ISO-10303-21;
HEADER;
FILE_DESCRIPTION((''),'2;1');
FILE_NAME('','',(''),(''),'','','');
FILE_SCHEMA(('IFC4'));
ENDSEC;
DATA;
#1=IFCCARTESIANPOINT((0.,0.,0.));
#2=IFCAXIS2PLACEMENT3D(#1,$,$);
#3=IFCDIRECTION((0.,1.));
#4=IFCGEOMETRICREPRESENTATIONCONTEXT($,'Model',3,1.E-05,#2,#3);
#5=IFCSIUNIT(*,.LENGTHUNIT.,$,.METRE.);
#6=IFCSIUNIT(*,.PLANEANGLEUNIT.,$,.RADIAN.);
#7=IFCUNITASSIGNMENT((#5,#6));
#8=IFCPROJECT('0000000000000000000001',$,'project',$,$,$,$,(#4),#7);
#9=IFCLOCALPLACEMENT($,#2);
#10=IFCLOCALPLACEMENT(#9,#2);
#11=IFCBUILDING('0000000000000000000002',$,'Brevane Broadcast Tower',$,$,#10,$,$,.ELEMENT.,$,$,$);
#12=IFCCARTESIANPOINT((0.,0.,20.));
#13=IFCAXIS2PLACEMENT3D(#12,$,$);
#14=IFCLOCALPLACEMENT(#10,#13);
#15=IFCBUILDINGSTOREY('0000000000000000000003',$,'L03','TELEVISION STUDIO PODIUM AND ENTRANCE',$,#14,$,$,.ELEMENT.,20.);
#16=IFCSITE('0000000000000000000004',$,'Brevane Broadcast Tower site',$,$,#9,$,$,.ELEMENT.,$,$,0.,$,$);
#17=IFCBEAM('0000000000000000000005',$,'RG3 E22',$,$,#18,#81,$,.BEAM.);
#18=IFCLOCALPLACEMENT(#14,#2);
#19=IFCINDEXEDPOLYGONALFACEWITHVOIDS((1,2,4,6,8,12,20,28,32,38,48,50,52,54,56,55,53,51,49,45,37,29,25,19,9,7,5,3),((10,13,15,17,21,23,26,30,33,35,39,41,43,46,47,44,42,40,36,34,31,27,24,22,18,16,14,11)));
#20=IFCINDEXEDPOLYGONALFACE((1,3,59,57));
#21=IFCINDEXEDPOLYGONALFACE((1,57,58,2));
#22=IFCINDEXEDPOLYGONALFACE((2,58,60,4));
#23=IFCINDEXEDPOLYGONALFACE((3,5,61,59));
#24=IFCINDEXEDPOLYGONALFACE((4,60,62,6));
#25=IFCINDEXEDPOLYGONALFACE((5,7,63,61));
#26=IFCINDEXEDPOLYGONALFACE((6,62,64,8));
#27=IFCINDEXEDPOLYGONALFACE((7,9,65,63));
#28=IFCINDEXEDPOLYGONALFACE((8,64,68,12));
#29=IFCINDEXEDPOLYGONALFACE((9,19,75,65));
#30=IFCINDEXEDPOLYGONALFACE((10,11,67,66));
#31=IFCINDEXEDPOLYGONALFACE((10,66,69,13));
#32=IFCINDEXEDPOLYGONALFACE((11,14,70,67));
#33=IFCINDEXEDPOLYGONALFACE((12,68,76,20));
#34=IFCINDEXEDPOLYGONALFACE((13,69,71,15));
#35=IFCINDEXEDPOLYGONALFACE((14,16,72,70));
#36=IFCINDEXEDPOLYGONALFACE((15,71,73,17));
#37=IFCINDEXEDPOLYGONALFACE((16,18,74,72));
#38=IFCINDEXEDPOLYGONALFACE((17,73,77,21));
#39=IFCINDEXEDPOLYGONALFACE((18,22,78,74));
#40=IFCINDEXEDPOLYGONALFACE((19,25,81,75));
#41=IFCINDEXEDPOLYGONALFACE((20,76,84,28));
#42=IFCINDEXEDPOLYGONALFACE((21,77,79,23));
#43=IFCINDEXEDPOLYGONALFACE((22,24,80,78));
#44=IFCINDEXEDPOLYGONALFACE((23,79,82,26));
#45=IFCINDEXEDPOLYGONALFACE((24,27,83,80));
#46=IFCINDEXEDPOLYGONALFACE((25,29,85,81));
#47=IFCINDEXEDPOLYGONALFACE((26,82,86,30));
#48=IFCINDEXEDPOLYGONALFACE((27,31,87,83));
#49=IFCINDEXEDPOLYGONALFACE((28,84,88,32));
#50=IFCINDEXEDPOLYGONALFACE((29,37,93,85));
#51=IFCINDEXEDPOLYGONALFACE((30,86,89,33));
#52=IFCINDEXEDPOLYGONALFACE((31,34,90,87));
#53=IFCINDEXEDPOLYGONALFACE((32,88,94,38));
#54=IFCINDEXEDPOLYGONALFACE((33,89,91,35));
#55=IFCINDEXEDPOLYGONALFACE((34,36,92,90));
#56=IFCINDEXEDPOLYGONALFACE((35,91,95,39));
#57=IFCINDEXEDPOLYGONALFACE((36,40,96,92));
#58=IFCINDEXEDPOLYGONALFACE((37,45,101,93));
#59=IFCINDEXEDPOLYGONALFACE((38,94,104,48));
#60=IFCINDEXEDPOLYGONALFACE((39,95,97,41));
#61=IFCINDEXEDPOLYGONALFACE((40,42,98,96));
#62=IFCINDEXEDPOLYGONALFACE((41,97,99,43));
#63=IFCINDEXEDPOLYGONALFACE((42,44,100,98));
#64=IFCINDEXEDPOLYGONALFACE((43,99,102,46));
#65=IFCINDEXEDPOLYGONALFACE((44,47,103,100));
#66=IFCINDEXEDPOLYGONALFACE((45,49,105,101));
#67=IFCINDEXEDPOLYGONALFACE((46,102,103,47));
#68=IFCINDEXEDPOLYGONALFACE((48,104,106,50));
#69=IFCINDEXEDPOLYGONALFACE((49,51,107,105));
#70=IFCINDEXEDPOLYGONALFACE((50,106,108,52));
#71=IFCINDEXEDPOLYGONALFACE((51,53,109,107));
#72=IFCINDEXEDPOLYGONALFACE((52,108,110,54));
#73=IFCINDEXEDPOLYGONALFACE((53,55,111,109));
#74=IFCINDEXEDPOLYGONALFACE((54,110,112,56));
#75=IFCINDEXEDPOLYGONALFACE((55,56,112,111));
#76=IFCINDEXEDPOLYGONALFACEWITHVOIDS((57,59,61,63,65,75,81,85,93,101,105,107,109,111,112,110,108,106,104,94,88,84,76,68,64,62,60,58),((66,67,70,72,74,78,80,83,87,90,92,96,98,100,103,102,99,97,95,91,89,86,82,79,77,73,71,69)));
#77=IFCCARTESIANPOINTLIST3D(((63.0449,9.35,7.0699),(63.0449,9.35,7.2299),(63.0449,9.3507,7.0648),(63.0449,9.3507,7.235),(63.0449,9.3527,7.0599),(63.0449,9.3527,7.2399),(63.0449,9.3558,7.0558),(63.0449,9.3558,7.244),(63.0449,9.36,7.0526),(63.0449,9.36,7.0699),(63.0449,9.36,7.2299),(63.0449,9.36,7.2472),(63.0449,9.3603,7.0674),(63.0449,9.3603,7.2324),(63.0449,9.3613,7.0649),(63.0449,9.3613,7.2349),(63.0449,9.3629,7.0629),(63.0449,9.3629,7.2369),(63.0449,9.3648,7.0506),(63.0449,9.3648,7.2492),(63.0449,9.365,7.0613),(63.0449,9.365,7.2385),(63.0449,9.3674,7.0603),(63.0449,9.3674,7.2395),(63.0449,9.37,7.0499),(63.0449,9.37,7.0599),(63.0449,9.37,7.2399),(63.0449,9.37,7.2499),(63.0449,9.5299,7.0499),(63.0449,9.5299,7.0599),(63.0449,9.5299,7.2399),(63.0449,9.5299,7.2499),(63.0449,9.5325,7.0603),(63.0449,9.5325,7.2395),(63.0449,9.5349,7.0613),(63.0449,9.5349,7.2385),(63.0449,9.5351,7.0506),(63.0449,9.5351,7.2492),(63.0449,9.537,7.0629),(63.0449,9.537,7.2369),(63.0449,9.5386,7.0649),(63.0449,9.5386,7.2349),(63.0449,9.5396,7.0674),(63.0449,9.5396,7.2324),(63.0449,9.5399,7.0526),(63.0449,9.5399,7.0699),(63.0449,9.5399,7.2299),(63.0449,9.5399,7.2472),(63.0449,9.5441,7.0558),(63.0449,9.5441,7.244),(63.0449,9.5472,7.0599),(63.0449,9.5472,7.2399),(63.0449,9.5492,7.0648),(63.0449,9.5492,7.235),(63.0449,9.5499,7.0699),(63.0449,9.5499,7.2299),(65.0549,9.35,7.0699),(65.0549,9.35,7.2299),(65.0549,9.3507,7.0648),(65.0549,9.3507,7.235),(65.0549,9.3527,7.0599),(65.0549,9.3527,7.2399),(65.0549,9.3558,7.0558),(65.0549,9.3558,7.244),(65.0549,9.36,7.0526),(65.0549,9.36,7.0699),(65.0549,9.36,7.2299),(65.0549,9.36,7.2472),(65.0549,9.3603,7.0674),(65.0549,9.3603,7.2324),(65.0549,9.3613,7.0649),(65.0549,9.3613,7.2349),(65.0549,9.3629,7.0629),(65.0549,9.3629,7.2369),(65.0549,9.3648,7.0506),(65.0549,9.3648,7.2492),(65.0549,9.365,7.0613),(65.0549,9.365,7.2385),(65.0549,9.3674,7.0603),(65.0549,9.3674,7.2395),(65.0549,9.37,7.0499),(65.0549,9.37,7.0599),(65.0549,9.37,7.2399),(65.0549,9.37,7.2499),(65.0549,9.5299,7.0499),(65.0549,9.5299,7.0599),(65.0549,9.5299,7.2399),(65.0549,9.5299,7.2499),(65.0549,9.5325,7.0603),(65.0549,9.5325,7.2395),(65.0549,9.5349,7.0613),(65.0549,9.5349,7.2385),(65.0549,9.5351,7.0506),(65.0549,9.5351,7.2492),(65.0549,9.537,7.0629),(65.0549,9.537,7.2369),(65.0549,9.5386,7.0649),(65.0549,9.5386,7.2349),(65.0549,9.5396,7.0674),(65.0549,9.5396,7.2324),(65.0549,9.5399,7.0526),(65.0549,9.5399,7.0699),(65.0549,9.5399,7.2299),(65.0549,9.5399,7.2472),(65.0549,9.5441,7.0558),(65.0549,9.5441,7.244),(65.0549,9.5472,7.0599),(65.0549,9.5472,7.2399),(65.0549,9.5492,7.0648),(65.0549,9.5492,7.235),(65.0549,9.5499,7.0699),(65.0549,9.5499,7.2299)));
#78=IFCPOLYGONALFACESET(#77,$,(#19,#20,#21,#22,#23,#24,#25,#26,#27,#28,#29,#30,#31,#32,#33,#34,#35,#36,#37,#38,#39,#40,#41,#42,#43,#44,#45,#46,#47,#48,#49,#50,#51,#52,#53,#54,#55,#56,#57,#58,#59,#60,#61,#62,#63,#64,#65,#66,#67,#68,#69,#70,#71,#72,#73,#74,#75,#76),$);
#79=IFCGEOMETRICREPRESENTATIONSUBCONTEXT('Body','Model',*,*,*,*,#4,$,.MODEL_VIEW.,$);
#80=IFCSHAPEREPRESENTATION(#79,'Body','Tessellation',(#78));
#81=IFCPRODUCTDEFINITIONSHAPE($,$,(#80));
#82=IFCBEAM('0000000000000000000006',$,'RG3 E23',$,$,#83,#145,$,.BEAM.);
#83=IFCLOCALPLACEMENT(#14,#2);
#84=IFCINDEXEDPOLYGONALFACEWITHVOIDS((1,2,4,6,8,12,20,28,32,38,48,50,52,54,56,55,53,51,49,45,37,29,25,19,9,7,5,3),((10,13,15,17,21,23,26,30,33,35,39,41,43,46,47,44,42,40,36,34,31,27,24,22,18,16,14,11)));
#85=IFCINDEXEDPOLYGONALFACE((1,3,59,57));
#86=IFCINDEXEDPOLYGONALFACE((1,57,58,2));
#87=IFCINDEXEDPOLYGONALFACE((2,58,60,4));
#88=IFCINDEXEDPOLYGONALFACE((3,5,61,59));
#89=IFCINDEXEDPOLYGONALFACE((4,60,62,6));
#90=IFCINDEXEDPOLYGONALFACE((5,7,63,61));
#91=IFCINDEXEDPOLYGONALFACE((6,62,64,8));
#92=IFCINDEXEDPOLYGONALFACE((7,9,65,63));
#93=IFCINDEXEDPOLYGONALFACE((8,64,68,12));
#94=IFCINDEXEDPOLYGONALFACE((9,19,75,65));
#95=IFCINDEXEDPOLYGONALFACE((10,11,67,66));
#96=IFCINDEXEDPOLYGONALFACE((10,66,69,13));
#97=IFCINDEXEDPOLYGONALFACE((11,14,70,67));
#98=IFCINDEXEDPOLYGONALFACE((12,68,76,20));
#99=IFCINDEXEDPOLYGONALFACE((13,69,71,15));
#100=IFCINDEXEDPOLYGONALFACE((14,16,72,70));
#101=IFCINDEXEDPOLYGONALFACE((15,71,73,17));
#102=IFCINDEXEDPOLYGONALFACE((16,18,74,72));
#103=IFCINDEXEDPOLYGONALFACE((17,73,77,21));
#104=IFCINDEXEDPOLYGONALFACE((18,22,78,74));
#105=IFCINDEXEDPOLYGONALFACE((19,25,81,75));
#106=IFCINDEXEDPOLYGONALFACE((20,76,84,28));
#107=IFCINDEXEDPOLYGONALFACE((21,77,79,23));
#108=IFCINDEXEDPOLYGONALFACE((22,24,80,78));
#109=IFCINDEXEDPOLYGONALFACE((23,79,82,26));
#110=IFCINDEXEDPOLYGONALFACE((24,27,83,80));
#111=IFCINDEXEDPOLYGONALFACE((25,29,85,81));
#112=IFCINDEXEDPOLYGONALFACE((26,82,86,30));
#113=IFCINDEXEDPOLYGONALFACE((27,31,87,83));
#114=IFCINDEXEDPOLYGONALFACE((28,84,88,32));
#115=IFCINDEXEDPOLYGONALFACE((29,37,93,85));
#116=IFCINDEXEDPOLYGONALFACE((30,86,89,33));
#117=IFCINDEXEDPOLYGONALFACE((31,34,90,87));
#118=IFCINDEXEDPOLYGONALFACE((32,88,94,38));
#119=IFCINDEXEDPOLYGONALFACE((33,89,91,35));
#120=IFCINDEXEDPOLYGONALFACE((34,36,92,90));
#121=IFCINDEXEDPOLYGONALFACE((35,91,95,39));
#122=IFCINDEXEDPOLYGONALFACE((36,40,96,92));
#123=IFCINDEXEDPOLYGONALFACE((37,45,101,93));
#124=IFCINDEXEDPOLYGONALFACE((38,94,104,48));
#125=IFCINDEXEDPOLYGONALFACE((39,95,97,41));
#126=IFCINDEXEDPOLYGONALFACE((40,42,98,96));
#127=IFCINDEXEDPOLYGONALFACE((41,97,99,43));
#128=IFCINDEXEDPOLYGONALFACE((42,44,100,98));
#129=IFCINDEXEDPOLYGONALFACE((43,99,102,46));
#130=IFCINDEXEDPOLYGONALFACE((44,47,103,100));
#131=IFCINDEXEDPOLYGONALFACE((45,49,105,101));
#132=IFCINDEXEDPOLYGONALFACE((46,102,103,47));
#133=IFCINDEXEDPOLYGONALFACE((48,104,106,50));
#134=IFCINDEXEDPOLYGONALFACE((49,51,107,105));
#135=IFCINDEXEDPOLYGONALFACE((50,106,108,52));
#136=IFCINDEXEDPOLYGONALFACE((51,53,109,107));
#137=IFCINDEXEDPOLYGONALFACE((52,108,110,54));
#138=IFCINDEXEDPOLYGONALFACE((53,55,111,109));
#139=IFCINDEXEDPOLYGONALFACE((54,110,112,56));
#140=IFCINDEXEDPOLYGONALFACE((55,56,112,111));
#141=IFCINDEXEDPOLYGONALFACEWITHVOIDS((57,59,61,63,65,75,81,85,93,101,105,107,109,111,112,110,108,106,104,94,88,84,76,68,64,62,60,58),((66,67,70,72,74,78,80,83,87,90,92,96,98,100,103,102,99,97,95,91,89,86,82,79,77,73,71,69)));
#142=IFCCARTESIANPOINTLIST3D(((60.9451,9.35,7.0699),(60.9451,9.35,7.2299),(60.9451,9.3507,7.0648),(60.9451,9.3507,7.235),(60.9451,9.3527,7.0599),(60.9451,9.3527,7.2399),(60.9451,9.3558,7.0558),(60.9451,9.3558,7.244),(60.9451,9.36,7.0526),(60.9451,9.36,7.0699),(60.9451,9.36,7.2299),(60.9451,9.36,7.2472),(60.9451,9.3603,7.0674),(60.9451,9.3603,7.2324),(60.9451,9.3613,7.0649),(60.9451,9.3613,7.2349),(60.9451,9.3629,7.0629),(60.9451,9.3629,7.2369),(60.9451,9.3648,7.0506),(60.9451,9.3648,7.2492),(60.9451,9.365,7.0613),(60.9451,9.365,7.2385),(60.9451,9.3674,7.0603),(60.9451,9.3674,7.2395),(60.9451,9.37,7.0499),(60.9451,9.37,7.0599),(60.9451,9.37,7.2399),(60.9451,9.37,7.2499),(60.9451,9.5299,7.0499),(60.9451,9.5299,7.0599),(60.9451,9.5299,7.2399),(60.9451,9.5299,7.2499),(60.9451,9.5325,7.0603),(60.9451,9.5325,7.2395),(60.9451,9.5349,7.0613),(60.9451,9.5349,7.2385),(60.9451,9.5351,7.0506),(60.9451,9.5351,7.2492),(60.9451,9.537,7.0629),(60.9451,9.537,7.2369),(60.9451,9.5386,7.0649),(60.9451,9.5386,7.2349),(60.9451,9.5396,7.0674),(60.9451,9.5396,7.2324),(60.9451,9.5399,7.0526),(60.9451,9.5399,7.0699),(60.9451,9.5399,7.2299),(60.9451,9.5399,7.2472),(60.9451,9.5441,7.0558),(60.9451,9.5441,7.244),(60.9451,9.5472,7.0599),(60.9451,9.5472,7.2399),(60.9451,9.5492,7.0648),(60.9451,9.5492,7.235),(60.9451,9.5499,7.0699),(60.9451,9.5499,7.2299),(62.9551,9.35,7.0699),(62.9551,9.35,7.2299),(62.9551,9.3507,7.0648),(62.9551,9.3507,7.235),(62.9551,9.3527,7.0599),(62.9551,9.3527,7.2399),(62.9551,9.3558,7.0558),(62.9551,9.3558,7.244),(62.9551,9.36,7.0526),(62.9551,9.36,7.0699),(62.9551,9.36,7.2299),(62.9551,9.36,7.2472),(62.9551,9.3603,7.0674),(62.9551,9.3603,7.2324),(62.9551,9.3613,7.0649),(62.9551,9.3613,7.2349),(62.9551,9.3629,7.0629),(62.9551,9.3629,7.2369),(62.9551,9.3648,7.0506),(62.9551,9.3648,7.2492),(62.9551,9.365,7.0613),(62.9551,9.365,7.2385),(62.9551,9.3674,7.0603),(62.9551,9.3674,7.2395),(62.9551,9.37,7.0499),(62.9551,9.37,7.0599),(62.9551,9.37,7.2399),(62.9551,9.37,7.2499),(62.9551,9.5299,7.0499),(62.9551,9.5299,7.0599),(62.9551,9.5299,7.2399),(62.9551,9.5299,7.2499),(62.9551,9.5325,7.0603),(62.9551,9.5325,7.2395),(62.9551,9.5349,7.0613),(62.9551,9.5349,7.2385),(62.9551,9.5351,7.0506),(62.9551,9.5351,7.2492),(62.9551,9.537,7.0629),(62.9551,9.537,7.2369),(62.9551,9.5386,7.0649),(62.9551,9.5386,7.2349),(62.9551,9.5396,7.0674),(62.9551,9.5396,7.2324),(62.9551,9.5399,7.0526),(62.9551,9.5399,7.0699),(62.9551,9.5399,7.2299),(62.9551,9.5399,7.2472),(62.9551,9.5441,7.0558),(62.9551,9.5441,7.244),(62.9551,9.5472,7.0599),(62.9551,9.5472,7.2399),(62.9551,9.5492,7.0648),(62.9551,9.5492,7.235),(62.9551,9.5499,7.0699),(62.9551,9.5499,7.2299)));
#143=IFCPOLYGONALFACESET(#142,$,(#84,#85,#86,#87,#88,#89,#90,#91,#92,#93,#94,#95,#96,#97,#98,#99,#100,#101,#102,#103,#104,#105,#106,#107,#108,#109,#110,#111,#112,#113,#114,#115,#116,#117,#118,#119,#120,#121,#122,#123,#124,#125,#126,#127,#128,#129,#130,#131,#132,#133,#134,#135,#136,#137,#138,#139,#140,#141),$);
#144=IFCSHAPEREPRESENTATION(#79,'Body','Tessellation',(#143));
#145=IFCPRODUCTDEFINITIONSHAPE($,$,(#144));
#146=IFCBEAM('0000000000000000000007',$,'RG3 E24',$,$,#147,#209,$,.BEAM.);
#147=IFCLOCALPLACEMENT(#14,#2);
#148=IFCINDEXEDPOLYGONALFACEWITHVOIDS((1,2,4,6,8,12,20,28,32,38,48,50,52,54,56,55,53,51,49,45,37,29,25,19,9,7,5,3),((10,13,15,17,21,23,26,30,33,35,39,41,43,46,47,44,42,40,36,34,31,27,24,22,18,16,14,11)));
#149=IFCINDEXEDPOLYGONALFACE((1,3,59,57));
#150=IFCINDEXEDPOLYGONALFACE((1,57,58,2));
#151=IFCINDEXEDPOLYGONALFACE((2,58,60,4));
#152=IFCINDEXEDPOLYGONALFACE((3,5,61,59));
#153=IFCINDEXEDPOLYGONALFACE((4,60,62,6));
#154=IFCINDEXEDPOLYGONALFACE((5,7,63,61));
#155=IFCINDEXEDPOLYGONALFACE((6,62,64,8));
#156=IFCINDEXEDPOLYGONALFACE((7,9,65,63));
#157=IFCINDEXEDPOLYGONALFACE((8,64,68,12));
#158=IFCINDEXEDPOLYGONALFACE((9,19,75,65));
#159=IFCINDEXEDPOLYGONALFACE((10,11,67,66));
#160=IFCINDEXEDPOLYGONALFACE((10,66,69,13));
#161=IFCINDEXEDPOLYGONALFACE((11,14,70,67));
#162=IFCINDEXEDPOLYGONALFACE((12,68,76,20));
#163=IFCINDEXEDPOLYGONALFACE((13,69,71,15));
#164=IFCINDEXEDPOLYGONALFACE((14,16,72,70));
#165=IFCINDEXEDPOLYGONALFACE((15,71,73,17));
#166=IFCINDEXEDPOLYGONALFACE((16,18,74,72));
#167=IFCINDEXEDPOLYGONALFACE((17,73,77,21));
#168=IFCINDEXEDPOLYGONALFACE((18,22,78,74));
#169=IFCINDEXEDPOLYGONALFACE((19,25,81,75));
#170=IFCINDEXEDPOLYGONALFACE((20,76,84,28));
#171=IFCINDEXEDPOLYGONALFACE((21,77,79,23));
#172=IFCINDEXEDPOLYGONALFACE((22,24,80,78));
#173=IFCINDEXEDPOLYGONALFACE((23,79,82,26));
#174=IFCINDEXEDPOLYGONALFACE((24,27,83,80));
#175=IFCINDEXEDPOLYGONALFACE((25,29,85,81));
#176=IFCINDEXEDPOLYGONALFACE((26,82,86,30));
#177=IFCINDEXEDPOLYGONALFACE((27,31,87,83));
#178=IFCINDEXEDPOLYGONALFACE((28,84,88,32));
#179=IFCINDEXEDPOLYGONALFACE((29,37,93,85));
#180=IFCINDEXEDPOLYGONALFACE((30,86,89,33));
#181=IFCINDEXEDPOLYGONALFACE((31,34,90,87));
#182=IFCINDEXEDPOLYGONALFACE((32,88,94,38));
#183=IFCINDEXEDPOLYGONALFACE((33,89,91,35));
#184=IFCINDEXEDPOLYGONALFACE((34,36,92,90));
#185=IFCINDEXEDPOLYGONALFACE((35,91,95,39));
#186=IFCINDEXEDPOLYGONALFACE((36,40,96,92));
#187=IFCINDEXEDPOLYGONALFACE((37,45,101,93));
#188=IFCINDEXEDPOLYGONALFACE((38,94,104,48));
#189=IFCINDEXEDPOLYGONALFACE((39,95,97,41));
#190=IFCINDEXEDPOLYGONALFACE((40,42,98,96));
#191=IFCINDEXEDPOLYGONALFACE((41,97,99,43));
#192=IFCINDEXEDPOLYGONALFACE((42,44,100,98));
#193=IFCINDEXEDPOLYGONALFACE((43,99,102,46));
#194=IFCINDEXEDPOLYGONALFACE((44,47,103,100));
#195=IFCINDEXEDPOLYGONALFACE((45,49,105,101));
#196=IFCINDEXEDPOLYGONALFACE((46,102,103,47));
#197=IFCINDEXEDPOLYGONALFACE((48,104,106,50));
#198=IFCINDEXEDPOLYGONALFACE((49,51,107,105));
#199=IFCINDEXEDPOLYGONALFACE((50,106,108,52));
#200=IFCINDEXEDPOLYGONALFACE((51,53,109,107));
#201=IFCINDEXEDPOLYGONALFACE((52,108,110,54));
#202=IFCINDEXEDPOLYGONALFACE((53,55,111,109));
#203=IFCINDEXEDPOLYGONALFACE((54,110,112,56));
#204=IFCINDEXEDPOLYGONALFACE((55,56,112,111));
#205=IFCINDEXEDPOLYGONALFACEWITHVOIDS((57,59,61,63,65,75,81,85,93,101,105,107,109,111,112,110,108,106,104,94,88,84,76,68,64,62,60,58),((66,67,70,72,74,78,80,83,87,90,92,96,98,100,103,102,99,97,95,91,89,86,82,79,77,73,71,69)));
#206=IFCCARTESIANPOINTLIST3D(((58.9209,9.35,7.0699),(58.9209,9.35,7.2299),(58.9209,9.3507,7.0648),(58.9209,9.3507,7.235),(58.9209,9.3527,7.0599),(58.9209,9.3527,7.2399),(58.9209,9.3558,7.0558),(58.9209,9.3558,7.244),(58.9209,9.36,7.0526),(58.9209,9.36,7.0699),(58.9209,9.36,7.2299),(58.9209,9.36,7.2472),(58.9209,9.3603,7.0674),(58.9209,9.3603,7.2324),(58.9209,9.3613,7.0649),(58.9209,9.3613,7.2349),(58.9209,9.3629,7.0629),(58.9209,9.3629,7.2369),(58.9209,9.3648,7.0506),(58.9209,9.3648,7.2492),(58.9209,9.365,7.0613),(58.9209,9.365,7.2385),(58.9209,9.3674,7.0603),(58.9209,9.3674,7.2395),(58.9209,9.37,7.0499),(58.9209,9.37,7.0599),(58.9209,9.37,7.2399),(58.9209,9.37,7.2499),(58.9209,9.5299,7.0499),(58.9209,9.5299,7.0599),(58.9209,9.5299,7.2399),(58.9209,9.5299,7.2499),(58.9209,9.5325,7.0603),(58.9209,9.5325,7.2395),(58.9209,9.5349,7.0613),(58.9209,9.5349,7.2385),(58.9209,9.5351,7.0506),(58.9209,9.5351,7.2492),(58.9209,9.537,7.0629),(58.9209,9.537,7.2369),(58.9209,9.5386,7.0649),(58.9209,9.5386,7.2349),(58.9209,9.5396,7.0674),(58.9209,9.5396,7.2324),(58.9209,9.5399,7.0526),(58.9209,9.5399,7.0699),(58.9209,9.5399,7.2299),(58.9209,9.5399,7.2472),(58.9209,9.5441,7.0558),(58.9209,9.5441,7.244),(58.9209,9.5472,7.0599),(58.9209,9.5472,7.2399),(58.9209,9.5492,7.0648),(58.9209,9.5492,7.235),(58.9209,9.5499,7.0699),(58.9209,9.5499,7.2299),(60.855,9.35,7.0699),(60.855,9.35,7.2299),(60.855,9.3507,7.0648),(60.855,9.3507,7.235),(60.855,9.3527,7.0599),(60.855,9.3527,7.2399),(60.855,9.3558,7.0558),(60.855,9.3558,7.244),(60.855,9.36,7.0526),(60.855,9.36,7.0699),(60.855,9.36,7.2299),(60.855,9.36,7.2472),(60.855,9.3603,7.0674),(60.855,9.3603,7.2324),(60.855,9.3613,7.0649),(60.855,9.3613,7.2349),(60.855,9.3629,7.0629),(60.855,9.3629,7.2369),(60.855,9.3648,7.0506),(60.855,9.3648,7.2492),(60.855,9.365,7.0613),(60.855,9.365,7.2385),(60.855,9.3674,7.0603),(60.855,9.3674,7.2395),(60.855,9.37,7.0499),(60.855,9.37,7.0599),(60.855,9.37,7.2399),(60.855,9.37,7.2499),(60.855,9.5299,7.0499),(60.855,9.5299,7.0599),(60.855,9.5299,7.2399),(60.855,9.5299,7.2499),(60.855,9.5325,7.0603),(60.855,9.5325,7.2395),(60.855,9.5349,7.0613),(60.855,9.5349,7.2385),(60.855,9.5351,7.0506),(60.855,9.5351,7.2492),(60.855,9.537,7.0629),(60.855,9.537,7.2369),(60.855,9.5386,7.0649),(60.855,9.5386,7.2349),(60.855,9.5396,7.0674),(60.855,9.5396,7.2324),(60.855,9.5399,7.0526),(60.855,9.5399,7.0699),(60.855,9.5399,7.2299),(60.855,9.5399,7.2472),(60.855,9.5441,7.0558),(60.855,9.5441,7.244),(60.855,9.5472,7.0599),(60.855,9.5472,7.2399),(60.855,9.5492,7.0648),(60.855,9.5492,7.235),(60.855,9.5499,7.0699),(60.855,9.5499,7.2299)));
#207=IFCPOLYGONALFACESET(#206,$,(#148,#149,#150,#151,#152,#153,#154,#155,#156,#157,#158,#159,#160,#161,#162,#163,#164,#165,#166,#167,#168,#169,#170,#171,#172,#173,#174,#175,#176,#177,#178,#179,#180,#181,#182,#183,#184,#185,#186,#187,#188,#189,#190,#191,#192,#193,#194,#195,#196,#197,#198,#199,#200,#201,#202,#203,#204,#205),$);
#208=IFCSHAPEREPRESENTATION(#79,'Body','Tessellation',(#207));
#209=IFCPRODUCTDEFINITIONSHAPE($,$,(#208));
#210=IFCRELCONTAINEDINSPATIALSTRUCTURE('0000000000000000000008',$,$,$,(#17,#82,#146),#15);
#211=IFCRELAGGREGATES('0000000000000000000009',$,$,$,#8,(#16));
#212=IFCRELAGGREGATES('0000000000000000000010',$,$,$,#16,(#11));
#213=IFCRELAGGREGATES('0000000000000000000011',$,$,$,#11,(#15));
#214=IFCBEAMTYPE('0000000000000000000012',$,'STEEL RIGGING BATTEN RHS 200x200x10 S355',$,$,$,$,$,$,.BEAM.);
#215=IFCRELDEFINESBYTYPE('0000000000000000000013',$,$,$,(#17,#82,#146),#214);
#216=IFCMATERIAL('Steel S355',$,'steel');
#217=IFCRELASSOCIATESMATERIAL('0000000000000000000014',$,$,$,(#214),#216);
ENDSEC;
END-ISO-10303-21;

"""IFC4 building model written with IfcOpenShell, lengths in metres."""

from ifc_helpers import new_model, si_unit, direction, frame, origin, origin_2d, place, context, subcontext, project, spatial, hollow_rectangle, extrude, material, material_profile, profile_set, type_object, element, save


model = new_model("IFC4")

# Units and contexts
model_context = context("Model", 3, precision=1e-05, world=origin(), true_north=direction((0.0, 1.0)))
body_context = subcontext(model_context, "Body", "Model", "MODEL_VIEW")
ifc_project = project(units=[si_unit("LENGTHUNIT", "METRE"), si_unit("PLANEANGLEUNIT", "RADIAN")], contexts=[model_context])

# Site, building, storey
site_placement = place(None, origin())
site = spatial("IfcSite", under=ifc_project, at=site_placement, Name="Brevane Broadcast Tower site", CompositionType="ELEMENT", RefElevation=0.0)
building_placement = place(site_placement, origin())
building = spatial("IfcBuilding", under=site, at=building_placement, Name="Brevane Broadcast Tower", CompositionType="ELEMENT")
storey_placement = place(building_placement, frame((0.0, 0.0, 20.0)))
storey = spatial("IfcBuildingStorey", under=building, at=storey_placement, Name="L03", Description="TELEVISION STUDIO PODIUM AND ENTRANCE", CompositionType="ELEMENT", Elevation=20.0)

# Beams
ifc_material_1 = material(Name="Steel S355", Category="steel")
ifc_material_profile_1 = material_profile(ifc_material_1, hollow_rectangle(XDim=0.2, YDim=0.2, WallThickness=0.01, InnerFilletRadius=0.01, OuterFilletRadius=0.02, at=origin_2d()), Name="RHS 200x200x10")
ifc_profile_set_1 = profile_set([ifc_material_profile_1], Name="Steel S355")
beam_type_1 = type_object("IfcBeamType", Name="STEEL RIGGING BATTEN RHS 200x200x10 S355", PredefinedType="BEAM", material=ifc_profile_set_1)
for number, where, z_axis, x_axis, name in (
    (1, (65.0549, 9.45, 7.1499), (-1.0, 0.0, 0.0), (0.0, -1.0, 0.0), "RG3 E22"),
    (2, (62.9551, 9.45, 7.1499), (-1.0, 0.0, 0.0), (0.0, -1.0, 0.0), "RG3 E23"),
):
    element("IfcBeam", number, at=place(storey_placement, frame(where, z_axis=z_axis, x_axis=x_axis)), inside=storey, type_object=beam_type_1, Name=name, PredefinedType="BEAM", context=body_context, shape_type="SweptSolid", body=[
        extrude(hollow_rectangle(XDim=0.2, YDim=0.2, WallThickness=0.01, InnerFilletRadius=0.01, OuterFilletRadius=0.02, at=origin_2d()), origin(), (0.0, 0.0, 1.0), 2.01),
    ])
beam_1_placement = place(storey_placement, frame((60.855, 9.45, 7.1499), z_axis=(-1.0, 0.0, 0.0), x_axis=(0.0, -1.0, 0.0)))
element("IfcBeam", 3, at=beam_1_placement, inside=storey, type_object=beam_type_1, Name="RG3 E24", PredefinedType="BEAM", context=body_context, shape_type="SweptSolid", body=[
    extrude(hollow_rectangle(XDim=0.2, YDim=0.2, WallThickness=0.01, InnerFilletRadius=0.01, OuterFilletRadius=0.02, at=origin_2d()), origin(), (0.0, 0.0, 1.0), 1.9341),
])

save(model, "model.ifc")
